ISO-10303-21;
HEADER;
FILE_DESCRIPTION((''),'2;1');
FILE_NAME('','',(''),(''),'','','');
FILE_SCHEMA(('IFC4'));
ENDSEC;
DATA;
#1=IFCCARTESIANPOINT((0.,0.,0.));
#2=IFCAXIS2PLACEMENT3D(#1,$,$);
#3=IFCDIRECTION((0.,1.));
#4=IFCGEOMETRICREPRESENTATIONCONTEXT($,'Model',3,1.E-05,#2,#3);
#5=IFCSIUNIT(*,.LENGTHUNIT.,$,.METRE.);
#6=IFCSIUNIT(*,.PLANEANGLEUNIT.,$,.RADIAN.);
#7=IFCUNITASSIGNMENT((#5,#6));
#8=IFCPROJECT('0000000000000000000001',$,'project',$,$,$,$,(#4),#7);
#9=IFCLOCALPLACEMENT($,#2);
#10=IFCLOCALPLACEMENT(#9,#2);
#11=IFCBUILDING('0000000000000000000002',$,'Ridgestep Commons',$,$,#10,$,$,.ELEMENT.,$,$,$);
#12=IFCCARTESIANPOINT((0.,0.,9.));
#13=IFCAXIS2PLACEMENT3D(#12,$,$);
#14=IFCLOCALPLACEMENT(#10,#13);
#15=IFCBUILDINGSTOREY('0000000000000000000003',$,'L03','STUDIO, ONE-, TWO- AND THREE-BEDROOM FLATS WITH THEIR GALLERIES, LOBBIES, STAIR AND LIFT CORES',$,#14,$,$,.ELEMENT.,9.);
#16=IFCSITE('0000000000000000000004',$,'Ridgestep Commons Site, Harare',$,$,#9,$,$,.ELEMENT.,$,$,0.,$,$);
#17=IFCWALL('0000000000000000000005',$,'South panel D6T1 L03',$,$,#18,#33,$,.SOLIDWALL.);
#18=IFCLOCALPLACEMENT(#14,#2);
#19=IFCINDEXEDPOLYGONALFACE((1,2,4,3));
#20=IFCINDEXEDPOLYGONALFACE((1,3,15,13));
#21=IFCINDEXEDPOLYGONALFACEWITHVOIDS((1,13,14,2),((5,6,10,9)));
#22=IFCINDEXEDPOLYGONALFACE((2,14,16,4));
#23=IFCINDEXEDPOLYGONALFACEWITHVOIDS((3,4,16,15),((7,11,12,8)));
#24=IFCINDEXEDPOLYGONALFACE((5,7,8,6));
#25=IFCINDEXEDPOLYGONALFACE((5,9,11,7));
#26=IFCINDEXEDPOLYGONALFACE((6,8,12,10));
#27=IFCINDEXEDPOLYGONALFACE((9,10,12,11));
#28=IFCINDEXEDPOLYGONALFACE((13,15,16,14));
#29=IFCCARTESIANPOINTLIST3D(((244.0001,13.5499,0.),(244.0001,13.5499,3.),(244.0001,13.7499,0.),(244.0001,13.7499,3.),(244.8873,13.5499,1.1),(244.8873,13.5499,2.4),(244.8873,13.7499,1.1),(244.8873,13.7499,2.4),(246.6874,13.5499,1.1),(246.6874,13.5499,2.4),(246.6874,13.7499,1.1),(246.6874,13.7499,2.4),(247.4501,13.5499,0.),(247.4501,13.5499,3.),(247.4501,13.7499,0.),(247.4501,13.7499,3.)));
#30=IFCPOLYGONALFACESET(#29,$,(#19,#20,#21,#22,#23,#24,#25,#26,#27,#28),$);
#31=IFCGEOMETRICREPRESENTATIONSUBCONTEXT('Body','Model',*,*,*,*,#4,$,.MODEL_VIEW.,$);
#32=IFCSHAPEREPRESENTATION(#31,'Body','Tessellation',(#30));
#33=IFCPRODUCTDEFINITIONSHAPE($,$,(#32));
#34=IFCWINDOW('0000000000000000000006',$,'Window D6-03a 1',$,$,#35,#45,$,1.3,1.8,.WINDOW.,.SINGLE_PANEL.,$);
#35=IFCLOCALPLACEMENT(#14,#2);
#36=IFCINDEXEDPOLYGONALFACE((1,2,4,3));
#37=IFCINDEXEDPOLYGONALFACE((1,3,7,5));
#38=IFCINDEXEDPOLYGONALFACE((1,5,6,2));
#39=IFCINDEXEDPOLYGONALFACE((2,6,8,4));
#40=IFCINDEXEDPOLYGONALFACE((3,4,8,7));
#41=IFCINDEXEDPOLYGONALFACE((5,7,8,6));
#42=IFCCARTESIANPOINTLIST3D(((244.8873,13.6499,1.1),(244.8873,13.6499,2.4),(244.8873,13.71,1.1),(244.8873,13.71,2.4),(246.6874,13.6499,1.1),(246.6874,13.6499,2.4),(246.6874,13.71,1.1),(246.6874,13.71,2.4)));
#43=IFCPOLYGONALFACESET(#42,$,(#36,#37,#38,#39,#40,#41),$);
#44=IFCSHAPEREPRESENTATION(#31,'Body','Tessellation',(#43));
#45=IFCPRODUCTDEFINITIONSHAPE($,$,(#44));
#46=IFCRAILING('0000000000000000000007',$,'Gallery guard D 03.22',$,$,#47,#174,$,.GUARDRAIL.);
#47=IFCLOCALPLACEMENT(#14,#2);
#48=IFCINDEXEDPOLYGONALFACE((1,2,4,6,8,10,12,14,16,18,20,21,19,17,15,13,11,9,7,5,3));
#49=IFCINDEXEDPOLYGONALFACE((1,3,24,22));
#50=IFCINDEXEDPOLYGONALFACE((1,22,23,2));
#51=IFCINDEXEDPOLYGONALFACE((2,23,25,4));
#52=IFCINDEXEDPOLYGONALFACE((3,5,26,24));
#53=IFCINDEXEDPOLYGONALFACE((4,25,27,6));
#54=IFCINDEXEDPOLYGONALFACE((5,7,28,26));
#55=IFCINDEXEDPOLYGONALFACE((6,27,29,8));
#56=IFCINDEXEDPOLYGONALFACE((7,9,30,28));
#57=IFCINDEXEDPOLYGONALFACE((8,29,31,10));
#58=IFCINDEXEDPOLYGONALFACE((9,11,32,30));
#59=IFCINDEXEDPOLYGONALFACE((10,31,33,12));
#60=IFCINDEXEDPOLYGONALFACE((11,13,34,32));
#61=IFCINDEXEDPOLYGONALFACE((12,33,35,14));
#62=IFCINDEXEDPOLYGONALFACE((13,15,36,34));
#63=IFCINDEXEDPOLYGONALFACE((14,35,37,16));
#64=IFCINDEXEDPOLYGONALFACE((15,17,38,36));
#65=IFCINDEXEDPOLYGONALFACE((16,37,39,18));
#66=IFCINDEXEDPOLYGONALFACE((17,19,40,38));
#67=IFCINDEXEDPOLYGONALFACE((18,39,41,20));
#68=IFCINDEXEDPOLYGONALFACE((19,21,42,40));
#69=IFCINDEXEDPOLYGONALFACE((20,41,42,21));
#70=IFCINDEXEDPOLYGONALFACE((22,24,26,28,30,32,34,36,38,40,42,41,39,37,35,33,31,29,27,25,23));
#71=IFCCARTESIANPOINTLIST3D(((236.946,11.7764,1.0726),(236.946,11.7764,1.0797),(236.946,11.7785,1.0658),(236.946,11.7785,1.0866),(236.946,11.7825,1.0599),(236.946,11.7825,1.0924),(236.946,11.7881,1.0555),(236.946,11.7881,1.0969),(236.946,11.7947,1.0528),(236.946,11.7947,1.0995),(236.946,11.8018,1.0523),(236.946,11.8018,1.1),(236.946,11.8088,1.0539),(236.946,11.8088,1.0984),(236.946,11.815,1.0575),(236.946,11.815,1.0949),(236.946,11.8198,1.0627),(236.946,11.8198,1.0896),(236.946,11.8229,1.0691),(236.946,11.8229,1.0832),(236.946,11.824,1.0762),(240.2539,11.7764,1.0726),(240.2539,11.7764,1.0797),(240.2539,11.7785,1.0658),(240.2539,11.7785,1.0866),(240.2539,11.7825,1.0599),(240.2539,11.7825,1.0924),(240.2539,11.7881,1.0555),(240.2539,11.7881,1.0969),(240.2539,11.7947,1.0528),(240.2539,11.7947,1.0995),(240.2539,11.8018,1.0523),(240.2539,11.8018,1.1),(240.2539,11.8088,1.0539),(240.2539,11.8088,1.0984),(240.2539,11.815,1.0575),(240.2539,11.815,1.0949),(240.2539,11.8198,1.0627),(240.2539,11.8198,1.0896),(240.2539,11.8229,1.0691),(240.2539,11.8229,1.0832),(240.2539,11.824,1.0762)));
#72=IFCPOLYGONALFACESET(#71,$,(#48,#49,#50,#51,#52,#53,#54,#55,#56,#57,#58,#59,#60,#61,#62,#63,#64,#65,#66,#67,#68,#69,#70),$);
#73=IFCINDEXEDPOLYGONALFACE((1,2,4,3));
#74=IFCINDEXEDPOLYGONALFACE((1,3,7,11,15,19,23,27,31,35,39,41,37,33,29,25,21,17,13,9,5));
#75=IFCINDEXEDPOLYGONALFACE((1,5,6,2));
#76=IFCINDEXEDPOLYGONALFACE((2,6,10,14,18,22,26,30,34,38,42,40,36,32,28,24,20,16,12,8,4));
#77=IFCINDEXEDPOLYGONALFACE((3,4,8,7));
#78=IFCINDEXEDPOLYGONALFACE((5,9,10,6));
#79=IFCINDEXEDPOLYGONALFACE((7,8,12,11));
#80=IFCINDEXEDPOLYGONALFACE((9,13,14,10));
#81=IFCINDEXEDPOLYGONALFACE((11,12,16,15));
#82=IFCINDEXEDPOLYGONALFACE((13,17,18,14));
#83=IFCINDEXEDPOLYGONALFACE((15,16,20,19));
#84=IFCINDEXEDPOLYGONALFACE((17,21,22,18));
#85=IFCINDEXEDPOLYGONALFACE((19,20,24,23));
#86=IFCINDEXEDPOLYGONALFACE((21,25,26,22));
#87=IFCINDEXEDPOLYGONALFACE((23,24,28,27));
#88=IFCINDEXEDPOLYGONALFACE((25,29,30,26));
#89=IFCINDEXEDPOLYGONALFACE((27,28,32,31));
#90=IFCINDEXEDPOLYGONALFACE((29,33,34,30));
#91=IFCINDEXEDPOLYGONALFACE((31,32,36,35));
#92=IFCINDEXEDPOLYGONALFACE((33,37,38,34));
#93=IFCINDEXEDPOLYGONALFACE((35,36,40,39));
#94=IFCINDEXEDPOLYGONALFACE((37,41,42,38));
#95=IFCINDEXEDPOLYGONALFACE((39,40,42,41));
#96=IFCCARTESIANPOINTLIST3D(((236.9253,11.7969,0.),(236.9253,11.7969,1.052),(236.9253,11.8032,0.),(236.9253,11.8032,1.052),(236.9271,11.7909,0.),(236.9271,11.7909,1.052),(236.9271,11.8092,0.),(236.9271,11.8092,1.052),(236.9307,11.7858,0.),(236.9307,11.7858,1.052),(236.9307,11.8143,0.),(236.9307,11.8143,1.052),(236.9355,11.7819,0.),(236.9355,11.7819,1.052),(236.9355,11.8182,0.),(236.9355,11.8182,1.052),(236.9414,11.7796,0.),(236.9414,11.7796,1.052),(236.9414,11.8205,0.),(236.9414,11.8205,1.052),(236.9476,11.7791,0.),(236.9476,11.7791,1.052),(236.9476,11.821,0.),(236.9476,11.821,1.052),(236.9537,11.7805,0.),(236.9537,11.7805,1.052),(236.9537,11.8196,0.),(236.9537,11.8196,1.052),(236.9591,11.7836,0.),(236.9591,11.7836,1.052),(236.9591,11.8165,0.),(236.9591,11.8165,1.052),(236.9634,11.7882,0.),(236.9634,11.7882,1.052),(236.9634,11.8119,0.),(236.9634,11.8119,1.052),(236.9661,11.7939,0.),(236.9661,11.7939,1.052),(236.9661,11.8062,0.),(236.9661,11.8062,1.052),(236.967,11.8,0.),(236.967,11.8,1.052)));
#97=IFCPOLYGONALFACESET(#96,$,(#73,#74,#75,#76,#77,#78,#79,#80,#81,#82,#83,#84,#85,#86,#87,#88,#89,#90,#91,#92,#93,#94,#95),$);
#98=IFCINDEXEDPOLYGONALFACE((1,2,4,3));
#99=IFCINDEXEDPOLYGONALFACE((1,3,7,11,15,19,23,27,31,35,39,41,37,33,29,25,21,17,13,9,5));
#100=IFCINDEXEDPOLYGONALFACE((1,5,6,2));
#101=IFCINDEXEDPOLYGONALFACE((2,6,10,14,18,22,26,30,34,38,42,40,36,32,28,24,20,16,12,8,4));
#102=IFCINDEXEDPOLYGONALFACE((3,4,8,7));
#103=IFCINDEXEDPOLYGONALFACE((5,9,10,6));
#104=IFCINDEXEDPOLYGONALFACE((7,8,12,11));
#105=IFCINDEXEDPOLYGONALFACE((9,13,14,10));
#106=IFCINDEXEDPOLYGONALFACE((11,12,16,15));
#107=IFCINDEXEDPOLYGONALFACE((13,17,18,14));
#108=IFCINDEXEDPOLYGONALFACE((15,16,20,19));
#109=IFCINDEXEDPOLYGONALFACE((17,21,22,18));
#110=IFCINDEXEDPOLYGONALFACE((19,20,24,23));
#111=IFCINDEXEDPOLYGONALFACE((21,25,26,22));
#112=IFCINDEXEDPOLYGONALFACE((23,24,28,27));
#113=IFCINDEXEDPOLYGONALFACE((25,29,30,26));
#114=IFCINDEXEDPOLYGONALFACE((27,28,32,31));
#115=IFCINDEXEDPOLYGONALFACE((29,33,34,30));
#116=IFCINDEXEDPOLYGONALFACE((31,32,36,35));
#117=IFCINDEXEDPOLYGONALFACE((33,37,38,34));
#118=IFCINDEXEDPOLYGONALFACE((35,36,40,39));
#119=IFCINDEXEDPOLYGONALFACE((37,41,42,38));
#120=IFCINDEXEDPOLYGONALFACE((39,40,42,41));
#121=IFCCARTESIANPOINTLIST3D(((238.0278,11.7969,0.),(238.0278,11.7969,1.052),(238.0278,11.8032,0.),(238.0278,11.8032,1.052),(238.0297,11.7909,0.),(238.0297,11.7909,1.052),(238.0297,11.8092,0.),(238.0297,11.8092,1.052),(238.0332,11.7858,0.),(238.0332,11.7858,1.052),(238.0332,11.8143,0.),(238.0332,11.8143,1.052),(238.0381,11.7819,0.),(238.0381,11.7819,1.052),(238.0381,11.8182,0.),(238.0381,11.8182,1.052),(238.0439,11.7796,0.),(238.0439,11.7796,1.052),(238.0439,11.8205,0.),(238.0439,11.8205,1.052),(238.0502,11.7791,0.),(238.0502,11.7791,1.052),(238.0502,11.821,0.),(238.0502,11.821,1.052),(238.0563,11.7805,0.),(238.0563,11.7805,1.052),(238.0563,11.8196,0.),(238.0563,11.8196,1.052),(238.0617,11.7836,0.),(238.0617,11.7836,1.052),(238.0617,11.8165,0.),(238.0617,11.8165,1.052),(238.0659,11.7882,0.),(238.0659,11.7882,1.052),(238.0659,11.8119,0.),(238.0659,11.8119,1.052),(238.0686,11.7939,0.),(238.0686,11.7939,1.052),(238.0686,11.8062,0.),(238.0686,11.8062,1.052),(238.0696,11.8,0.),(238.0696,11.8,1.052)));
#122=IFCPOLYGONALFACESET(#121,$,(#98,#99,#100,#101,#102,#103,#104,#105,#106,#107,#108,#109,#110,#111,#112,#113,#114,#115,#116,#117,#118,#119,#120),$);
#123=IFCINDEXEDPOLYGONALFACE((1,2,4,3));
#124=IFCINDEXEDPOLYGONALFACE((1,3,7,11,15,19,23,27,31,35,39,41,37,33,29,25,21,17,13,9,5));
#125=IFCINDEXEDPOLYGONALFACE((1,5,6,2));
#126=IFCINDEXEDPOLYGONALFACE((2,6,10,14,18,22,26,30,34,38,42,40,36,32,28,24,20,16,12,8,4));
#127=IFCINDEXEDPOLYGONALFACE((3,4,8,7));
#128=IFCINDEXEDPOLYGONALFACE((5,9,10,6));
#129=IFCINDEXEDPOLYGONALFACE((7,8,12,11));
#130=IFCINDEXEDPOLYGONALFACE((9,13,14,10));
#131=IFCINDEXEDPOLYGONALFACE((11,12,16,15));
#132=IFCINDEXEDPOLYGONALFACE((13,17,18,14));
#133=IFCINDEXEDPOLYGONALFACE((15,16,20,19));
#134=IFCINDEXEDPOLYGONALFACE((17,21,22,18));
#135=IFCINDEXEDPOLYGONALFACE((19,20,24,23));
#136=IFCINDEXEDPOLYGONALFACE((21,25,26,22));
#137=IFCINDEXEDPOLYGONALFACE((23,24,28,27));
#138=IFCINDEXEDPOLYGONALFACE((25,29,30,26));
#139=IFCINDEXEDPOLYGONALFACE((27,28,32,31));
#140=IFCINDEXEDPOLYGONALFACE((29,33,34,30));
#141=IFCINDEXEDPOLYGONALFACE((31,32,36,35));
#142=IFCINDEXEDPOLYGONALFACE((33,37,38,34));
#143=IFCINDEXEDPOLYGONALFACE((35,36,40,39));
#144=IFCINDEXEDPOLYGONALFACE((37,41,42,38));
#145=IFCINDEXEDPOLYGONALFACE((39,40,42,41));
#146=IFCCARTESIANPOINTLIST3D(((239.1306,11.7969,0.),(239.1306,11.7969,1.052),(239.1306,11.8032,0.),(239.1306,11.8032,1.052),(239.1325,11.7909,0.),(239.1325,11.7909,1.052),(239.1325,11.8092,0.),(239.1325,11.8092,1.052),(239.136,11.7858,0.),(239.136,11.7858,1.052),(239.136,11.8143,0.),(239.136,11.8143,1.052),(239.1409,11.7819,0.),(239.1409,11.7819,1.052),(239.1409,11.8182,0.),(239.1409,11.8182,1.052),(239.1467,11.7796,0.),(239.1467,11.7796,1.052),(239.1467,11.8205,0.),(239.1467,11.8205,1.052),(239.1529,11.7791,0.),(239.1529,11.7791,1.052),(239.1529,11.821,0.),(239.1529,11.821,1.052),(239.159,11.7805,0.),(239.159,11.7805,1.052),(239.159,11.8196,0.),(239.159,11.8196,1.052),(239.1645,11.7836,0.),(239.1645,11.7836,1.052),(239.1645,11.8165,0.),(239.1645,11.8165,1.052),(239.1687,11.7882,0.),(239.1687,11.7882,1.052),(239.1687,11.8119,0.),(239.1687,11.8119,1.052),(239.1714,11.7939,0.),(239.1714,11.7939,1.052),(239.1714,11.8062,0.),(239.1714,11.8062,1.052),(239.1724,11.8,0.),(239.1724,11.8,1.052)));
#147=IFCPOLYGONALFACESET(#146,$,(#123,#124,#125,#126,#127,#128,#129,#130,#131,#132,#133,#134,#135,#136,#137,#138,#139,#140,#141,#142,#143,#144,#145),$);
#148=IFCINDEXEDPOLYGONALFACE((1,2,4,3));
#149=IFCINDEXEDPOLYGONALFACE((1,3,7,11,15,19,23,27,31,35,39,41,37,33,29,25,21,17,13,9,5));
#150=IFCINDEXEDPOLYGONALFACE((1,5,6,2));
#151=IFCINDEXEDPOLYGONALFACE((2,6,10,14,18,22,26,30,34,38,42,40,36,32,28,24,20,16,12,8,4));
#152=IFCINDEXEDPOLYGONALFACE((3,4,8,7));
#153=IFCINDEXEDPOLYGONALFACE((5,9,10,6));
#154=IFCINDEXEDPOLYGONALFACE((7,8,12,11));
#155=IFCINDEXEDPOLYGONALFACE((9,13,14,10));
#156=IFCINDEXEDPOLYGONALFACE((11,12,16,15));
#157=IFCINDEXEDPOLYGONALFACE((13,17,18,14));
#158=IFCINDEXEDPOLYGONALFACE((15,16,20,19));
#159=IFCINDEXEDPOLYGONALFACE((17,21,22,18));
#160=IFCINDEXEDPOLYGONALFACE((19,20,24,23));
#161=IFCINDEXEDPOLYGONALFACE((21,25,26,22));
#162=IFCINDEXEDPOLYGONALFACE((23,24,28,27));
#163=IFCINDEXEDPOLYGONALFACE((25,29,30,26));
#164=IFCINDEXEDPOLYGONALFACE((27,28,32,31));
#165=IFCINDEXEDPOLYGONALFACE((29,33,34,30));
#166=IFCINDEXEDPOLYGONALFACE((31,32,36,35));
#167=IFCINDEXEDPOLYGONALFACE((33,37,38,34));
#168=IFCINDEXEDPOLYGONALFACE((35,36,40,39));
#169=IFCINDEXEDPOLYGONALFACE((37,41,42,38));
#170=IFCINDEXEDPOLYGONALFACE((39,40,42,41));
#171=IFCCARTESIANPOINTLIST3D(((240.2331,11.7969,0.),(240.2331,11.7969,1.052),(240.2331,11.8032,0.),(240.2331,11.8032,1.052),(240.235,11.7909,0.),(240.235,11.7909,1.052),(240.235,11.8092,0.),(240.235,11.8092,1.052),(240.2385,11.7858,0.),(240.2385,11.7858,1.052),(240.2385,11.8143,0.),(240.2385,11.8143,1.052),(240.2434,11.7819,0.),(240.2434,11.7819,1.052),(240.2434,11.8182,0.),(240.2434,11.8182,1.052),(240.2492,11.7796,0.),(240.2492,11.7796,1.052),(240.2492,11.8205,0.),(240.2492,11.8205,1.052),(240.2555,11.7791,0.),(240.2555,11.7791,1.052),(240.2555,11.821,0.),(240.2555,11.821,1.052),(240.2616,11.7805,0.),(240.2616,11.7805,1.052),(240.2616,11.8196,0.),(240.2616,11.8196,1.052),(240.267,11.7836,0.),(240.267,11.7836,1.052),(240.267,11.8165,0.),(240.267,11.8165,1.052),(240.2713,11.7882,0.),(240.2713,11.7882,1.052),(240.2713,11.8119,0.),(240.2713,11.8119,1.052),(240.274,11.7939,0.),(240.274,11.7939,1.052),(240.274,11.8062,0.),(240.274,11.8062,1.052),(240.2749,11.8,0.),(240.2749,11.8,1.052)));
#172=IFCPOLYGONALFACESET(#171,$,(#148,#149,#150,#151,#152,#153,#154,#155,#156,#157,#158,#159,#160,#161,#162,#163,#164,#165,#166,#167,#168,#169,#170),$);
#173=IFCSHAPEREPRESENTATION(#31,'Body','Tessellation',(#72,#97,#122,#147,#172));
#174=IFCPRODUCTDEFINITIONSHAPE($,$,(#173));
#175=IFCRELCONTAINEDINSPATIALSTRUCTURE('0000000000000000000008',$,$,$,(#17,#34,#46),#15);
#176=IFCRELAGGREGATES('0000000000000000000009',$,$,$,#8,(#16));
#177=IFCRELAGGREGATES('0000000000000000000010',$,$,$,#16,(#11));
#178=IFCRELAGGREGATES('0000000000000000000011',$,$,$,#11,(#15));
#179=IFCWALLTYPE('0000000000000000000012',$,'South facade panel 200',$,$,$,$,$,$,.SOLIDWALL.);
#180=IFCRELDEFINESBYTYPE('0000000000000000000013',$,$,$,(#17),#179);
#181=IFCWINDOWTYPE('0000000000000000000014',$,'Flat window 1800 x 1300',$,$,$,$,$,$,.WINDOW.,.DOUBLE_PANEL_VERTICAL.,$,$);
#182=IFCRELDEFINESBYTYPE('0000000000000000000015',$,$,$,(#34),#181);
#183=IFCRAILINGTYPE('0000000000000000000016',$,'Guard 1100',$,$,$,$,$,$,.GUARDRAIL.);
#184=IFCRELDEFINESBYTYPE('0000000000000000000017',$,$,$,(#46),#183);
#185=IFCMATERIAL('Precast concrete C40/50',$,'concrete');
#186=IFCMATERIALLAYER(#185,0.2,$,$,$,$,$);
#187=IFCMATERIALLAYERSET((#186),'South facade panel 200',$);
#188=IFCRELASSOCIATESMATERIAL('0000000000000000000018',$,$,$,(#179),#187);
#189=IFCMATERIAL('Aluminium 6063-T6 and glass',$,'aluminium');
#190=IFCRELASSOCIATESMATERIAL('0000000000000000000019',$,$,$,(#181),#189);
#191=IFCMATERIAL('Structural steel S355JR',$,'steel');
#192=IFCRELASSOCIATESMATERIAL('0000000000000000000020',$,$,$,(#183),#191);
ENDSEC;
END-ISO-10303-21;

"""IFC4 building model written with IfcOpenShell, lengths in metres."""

from ifc_helpers import new_model, si_unit, direction, frame, frame_2d, origin, origin_2d, place, context, subcontext, project, spatial, rectangle, circle, extrude, material, layer, layer_set, type_object, element, fill, save


model = new_model("IFC4")

# Units and contexts
model_context = context("Model", 3, precision=1e-05, world=origin(), true_north=direction((0.0, 1.0)))
body_context = subcontext(model_context, "Body", "Model", "MODEL_VIEW")
ifc_project = project(units=[si_unit("LENGTHUNIT", "METRE"), si_unit("PLANEANGLEUNIT", "RADIAN")], contexts=[model_context])

# Site, building, storey
site_placement = place(None, origin())
site = spatial("IfcSite", under=ifc_project, at=site_placement, Name="Ridgestep Commons Site, Harare", CompositionType="ELEMENT", RefElevation=0.0)
building_placement = place(site_placement, origin())
building = spatial("IfcBuilding", under=site, at=building_placement, Name="Ridgestep Commons", CompositionType="ELEMENT")
storey_placement = place(building_placement, frame((0.0, 0.0, 9.0)))
storey = spatial("IfcBuildingStorey", under=building, at=storey_placement, Name="L03", Description="STUDIO, ONE-, TWO- AND THREE-BEDROOM FLATS WITH THEIR GALLERIES, LOBBIES, STAIR AND LIFT CORES", CompositionType="ELEMENT", Elevation=9.0)

# Shared definitions
ifc_material_1 = material(Name="Precast concrete C40/50", Category="concrete")
ifc_layer_1 = layer(ifc_material_1, 0.2)
ifc_layer_set_1 = layer_set([ifc_layer_1], Name="South facade panel 200")
wall_type_1 = type_object("IfcWallType", Name="South facade panel 200", PredefinedType="SOLIDWALL", material=ifc_layer_set_1)

# Wall, opening, window
wall_1_placement = place(storey_placement, frame((244.0, 13.6499, 0.0), z_axis=(0.0, 0.0, 1.0), x_axis=(1.0, 0.0, 0.0)))
wall_1 = element("IfcWall", 1, at=wall_1_placement, inside=storey, type_object=wall_type_1, Name="South panel D6T1 L03", PredefinedType="SOLIDWALL", context=body_context, shape_type="SweptSolid", body=[
    extrude(rectangle(XDim=3.45, YDim=0.2, at=frame_2d((1.7251, 0.0))), origin(), (0.0, 0.0, 1.0), 3.0),
])
opening_1_placement = place(wall_1_placement, frame((0.8875, 0.0, 1.1001)))
opening_1 = element("IfcOpeningElement", 2, at=opening_1_placement, cuts=wall_1, PredefinedType="OPENING", context=body_context, shape_type="SweptSolid", body=[
    extrude(rectangle(XDim=1.8, YDim=1.3, at=frame_2d((0.8999, 0.6499))), frame((0.0, 0.1099, 0.0), z_axis=(0.0, -1.0, 0.0), x_axis=(1.0, 0.0, 0.0)), (0.0, 0.0, 1.0), 0.22),
])
ifc_material_2 = material(Name="Aluminium 6063-T6 and glass", Category="aluminium")
window_type_1 = type_object("IfcWindowType", Name="Flat window 1800 x 1300", PartitioningType="DOUBLE_PANEL_VERTICAL", PredefinedType="WINDOW", material=ifc_material_2)
window_1_placement = place(opening_1_placement, origin())
window_1 = element("IfcWindow", 3, at=window_1_placement, inside=storey, type_object=window_type_1, Name="Window D6-03a 1", OverallHeight=1.3, OverallWidth=1.8, PartitioningType="SINGLE_PANEL", PredefinedType="WINDOW", context=body_context, shape_type="SweptSolid", body=[
    extrude(rectangle(XDim=1.8, YDim=1.3, at=frame_2d((0.8999, 0.6499))), frame((0.0, 0.0601, 0.0), z_axis=(0.0, -1.0, 0.0), x_axis=(1.0, 0.0, 0.0)), (0.0, 0.0, 1.0), 0.0601),
])
fill(opening_1, window_1)

# Railing
ifc_material_3 = material(Name="Structural steel S355JR", Category="steel")
railing_type = type_object("IfcRailingType", Name="Guard 1100", PredefinedType="GUARDRAIL", material=ifc_material_3)
railing_1_placement = place(storey_placement, frame((236.946, 11.8, 0.0)))
element("IfcRailing", 4, at=railing_1_placement, inside=storey, type_object=railing_type, Name="Gallery guard D 03.22", PredefinedType="GUARDRAIL", context=body_context, shape_type="SweptSolid", body=[
    extrude(circle(Radius=0.0239, at=origin_2d()), frame((0.0, 0.0, 1.0762), z_axis=(1.0, 0.0, 0.0), x_axis=(0.0, 1.0, 0.0)), (0.0, 0.0, 1.0), 3.3079),
    extrude(circle(Radius=0.021, at=origin_2d()), origin(), (0.0, 0.0, 1.0), 1.052),
    extrude(circle(Radius=0.021, at=origin_2d()), frame((1.1025, 0.0, 0.0)), (0.0, 0.0, 1.0), 1.052),
    extrude(circle(Radius=0.021, at=origin_2d()), frame((2.2053, 0.0, 0.0)), (0.0, 0.0, 1.0), 1.052),
    extrude(circle(Radius=0.021, at=origin_2d()), frame((3.3079, 0.0, 0.0)), (0.0, 0.0, 1.0), 1.052),
])

save(model, "model.ifc")
